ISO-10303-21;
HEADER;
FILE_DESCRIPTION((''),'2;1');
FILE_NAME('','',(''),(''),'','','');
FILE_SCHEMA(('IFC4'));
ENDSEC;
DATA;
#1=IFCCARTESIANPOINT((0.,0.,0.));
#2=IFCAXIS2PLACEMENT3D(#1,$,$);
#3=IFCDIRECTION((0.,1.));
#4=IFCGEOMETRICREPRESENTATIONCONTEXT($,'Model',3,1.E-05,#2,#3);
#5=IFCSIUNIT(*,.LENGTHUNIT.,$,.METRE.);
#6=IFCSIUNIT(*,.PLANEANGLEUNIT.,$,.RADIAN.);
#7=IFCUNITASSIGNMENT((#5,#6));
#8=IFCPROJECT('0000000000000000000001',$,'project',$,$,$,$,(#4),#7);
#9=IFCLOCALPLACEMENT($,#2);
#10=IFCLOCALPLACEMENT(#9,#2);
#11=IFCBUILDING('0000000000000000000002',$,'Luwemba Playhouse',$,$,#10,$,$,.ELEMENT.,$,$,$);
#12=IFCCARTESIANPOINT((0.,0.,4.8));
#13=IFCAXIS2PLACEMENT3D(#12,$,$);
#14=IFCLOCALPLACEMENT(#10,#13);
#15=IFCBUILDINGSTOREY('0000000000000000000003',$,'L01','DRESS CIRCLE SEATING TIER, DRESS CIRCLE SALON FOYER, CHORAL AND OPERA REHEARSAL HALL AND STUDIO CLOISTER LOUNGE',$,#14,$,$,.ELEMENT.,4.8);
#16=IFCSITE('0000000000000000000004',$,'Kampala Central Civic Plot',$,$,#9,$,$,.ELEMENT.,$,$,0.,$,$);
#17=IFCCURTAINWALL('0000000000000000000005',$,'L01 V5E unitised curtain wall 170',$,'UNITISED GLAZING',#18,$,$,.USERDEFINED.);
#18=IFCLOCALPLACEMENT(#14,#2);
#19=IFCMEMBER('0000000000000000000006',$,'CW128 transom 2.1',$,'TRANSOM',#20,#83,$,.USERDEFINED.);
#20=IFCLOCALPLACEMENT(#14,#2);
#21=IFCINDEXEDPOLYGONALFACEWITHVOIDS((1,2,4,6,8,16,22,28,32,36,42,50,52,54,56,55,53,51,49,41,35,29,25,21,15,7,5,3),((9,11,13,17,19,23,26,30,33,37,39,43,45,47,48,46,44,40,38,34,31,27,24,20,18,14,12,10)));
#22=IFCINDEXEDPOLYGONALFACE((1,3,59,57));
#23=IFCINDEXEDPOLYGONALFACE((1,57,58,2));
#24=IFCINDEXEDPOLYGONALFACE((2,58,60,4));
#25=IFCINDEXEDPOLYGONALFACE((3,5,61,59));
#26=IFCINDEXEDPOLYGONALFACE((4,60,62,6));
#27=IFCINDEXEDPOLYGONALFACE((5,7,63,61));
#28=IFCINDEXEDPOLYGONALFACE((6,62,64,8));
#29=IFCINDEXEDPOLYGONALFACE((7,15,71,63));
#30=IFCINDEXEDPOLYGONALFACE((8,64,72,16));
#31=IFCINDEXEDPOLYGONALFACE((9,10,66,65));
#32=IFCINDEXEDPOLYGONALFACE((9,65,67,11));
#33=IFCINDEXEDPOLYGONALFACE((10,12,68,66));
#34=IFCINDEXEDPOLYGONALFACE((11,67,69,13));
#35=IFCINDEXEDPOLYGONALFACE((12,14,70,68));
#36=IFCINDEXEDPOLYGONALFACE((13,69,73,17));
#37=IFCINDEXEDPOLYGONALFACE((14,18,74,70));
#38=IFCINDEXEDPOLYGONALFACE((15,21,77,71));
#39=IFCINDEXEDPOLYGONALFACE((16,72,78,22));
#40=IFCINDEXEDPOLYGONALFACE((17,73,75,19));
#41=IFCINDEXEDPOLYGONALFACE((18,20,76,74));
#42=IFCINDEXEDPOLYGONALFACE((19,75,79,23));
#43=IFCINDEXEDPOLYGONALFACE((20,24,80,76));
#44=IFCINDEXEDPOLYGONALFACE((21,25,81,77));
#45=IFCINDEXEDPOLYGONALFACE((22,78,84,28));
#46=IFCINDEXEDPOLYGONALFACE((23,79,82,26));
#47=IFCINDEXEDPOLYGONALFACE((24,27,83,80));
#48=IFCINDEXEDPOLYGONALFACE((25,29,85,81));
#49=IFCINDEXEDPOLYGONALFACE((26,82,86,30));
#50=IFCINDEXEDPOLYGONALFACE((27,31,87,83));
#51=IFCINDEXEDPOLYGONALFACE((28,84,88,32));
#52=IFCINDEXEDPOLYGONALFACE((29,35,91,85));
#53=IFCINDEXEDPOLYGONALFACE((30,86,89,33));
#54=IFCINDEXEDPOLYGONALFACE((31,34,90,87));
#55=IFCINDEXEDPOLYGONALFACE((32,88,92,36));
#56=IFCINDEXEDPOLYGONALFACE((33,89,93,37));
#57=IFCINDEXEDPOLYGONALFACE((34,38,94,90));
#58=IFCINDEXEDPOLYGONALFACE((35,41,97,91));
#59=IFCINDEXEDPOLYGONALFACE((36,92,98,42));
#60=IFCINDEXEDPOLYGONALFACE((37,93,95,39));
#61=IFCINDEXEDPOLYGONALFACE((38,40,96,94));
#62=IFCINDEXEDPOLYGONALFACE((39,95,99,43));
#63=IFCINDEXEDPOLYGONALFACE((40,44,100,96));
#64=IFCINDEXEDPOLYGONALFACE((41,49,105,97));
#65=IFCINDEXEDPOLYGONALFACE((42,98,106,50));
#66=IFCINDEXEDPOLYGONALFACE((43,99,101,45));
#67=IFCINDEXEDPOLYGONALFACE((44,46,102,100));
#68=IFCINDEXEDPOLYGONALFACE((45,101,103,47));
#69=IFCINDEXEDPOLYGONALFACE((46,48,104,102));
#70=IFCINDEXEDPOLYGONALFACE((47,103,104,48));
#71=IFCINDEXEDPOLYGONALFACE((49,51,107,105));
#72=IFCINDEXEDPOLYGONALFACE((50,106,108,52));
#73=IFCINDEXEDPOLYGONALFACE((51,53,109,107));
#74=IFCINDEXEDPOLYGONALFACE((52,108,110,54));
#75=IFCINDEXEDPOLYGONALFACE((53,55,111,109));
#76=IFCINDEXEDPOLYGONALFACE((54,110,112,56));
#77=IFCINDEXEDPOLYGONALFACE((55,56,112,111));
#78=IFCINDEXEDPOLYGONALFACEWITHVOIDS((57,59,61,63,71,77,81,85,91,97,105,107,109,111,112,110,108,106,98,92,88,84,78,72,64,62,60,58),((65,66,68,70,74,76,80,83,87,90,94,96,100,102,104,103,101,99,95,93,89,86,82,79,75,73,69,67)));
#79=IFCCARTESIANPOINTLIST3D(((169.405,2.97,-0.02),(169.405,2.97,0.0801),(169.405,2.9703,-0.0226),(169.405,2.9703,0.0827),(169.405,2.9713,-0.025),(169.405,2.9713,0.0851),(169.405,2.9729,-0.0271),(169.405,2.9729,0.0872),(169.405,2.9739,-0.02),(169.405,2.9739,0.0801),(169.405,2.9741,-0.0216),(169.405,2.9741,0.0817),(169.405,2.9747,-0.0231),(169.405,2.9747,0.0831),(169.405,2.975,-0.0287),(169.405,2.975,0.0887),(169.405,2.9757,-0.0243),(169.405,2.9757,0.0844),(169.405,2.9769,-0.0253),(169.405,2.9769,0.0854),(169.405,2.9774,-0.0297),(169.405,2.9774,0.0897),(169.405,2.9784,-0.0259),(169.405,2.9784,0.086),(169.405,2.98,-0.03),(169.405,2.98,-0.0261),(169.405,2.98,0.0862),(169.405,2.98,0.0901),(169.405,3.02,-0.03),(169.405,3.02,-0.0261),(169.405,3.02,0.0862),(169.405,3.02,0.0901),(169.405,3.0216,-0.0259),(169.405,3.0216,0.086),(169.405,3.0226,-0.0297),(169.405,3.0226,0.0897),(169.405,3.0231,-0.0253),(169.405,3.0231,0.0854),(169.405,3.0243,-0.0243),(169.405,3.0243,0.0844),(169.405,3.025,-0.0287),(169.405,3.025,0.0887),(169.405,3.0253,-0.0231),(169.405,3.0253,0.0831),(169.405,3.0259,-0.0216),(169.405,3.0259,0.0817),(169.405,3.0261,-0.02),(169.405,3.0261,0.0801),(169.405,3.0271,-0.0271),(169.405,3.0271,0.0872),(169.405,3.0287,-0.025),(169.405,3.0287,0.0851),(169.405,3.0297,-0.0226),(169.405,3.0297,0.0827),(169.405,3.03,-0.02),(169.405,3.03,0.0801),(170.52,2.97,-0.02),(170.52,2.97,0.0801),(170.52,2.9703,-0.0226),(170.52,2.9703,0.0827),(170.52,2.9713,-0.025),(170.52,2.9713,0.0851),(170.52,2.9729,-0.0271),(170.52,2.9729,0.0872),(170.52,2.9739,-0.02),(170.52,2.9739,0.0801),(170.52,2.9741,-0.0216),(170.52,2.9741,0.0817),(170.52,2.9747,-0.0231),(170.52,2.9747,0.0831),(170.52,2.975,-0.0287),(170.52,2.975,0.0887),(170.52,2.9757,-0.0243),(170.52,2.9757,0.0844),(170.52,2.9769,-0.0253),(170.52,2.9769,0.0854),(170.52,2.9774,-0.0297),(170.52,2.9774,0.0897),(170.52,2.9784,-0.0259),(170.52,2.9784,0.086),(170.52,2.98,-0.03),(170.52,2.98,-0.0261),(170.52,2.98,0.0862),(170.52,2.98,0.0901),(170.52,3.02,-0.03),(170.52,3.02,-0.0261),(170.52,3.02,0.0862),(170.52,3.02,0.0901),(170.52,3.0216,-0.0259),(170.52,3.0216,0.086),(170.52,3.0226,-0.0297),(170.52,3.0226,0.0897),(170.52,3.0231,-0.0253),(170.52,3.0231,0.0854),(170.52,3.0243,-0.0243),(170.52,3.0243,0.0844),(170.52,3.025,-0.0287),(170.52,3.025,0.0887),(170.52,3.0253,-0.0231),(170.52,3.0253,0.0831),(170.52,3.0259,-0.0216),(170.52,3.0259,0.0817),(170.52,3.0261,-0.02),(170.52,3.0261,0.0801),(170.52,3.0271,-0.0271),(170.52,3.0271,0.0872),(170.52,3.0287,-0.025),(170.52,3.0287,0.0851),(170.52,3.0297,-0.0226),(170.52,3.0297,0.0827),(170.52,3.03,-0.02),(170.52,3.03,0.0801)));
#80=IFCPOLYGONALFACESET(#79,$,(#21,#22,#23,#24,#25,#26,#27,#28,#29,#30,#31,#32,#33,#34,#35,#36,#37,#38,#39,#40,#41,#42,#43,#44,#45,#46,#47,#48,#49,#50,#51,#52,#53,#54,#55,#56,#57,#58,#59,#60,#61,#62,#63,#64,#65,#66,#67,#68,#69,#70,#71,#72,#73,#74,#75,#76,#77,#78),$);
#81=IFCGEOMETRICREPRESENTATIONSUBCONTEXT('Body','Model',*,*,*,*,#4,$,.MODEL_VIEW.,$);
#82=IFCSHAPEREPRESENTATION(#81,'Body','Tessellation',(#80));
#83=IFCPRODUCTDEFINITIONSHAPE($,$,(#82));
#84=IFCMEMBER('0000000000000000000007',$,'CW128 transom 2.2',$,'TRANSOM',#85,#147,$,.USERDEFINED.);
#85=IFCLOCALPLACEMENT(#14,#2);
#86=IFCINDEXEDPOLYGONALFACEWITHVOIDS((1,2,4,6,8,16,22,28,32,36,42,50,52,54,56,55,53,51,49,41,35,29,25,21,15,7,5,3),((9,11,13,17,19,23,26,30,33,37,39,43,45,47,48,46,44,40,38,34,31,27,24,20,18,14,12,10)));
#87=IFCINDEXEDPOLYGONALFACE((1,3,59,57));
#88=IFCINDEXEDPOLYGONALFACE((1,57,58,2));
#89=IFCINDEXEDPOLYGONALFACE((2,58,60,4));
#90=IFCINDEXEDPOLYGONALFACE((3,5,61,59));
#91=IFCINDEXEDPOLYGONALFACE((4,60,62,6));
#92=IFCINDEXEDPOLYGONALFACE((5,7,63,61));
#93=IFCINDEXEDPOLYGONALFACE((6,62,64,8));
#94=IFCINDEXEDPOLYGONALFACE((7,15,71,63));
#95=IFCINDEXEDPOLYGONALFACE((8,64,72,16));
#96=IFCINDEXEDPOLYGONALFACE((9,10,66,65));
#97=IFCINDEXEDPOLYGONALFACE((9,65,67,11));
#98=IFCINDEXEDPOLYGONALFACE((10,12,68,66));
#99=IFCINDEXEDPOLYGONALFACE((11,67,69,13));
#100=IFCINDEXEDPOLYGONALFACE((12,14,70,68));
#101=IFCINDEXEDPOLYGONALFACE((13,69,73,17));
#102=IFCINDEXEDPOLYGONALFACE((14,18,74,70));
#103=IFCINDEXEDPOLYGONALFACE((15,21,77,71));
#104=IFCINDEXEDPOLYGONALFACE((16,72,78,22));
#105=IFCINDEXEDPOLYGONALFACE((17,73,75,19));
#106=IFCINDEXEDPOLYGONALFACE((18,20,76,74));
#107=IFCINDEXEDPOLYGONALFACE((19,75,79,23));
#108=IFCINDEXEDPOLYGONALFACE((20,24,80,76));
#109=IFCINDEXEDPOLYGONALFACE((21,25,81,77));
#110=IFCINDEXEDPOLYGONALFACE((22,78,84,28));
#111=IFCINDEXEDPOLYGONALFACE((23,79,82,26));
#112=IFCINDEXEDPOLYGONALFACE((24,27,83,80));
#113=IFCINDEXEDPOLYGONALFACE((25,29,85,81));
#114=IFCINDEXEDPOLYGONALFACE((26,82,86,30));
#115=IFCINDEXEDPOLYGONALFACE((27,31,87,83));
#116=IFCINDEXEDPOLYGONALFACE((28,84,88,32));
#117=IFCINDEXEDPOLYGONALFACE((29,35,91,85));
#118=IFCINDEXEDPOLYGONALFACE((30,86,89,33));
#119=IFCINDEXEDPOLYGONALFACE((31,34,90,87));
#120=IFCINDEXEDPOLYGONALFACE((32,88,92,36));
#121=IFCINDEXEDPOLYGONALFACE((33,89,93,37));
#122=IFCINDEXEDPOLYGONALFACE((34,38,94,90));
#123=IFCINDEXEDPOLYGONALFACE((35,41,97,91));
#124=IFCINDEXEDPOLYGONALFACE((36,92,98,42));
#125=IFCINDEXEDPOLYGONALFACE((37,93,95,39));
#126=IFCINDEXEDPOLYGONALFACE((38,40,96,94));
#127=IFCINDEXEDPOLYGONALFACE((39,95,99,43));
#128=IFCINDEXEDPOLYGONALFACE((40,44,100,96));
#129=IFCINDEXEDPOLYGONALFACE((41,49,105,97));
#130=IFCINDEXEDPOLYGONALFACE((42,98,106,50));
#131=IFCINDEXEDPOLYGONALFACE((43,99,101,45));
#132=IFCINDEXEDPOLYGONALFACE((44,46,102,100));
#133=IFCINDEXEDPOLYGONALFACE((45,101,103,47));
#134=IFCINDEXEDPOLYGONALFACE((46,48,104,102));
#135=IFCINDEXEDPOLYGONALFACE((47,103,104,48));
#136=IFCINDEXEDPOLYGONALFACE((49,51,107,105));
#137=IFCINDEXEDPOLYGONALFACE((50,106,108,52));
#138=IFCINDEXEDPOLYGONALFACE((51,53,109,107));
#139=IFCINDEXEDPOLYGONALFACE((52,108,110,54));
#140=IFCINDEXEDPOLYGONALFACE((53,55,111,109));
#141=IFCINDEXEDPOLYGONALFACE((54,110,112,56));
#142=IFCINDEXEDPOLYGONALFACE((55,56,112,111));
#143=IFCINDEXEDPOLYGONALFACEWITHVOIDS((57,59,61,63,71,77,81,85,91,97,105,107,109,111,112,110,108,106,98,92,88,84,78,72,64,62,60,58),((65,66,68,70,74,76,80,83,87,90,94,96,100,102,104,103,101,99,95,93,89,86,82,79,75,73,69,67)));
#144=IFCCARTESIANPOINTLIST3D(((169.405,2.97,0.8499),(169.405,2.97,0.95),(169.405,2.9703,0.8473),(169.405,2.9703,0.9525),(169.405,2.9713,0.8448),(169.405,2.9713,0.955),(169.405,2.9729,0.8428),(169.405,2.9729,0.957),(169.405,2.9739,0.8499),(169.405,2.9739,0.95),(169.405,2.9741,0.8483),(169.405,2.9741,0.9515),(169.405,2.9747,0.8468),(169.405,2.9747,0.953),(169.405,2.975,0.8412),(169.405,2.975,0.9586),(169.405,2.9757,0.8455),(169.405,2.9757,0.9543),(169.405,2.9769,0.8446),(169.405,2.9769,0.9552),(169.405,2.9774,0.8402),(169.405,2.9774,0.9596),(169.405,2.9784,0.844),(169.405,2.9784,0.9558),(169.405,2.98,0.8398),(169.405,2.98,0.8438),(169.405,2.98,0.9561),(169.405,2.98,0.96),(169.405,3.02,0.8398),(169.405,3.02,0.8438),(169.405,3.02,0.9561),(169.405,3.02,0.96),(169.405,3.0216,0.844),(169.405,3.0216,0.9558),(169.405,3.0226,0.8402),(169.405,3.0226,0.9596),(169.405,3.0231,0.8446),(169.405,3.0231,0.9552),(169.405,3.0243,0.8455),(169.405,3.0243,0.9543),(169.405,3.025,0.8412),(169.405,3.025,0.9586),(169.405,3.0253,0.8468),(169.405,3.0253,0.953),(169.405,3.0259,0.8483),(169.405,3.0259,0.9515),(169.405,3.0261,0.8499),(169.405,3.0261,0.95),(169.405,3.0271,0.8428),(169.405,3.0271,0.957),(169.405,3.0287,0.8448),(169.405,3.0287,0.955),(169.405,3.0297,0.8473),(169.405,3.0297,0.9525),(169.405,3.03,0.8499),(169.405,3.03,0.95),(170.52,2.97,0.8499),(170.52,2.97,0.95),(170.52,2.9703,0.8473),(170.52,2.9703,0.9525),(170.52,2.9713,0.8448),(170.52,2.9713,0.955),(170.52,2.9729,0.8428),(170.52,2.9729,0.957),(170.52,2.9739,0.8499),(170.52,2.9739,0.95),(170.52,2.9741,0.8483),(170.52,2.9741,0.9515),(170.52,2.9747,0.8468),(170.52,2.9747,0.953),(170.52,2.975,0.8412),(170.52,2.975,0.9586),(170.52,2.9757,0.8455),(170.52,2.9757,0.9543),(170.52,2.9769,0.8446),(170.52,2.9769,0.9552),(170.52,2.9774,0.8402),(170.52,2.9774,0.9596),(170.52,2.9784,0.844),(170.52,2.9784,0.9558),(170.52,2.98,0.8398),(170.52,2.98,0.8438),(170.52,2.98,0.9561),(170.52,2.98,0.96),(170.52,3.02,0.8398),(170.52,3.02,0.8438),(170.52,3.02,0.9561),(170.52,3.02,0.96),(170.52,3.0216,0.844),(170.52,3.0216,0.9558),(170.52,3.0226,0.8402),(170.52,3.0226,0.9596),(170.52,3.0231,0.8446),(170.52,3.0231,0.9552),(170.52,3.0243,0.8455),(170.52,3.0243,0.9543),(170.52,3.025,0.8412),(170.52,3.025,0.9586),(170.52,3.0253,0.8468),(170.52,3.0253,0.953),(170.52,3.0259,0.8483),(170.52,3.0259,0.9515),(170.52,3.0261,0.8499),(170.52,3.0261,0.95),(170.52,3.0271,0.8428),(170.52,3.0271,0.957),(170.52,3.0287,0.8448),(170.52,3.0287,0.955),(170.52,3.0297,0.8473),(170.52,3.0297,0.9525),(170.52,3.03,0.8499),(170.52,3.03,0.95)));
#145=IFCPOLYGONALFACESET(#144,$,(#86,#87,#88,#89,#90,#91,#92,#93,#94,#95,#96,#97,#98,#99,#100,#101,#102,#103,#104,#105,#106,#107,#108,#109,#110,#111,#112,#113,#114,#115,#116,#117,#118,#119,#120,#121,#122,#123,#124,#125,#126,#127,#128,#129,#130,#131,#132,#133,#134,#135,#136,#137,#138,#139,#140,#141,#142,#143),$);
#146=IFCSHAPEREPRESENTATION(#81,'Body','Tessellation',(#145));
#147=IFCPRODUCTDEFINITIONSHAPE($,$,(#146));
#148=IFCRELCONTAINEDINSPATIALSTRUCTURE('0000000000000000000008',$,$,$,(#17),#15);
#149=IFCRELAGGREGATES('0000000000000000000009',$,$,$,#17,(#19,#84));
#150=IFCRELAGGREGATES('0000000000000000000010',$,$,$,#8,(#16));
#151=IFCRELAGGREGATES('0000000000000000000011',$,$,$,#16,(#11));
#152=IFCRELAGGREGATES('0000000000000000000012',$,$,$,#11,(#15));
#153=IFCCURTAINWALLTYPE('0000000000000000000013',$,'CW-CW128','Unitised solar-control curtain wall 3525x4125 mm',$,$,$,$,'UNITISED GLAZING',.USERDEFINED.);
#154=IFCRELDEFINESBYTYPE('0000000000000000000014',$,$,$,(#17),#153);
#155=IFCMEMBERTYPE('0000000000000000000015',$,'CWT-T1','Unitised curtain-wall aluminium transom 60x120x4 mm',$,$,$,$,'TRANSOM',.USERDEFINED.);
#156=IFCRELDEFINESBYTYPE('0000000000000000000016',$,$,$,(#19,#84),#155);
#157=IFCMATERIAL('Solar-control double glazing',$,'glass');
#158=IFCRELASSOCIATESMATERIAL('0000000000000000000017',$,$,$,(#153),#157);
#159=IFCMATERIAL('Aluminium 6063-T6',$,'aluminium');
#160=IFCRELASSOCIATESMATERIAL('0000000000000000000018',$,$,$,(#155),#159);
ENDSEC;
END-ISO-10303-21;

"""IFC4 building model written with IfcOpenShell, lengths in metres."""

from ifc_helpers import new_model, si_unit, direction, frame, origin, origin_2d, place, context, subcontext, project, spatial, hollow_rectangle, extrude, material, material_profile, profile_set, type_object, element, aggregate, save


model = new_model("IFC4")

# Units and contexts
model_context = context("Model", 3, precision=1e-05, world=origin(), true_north=direction((0.0, 1.0)))
body_context = subcontext(model_context, "Body", "Model", "MODEL_VIEW")
ifc_project = project(units=[si_unit("LENGTHUNIT", "METRE"), si_unit("PLANEANGLEUNIT", "RADIAN")], contexts=[model_context])

# Site, building, storey
site_placement = place(None, origin())
site = spatial("IfcSite", under=ifc_project, at=site_placement, Name="Kampala Central Civic Plot", CompositionType="ELEMENT", RefElevation=0.0)
building_placement = place(site_placement, origin())
building = spatial("IfcBuilding", under=site, at=building_placement, Name="Luwemba Playhouse", CompositionType="ELEMENT")
storey_placement = place(building_placement, frame((0.0, 0.0, 4.8)))
storey = spatial("IfcBuildingStorey", under=building, at=storey_placement, Name="L01", Description="DRESS CIRCLE SEATING TIER, DRESS CIRCLE SALON FOYER, CHORAL AND OPERA REHEARSAL HALL AND STUDIO CLOISTER LOUNGE", CompositionType="ELEMENT", Elevation=4.8)

# Curtain wall
ifc_material_1 = material(Name="Solar-control double glazing", Category="glass")
curtain_wall_type_1 = type_object("IfcCurtainWallType", Name="CW-CW128", Description="Unitised solar-control curtain wall 3525x4125 mm", ElementType="UNITISED GLAZING", PredefinedType="USERDEFINED", material=ifc_material_1)
curtain_wall_1_placement = place(storey_placement, origin())
curtain_wall_1 = element("IfcCurtainWall", 1, at=curtain_wall_1_placement, inside=storey, type_object=curtain_wall_type_1, Name="L01 V5E unitised curtain wall 170", ObjectType="UNITISED GLAZING", PredefinedType="USERDEFINED")
ifc_material_2 = material(Name="Aluminium 6063-T6", Category="aluminium")

# Members
ifc_material_profile_1 = material_profile(ifc_material_2, hollow_rectangle(XDim=0.0601, YDim=0.1201, WallThickness=0.0039, InnerFilletRadius=0.0061, OuterFilletRadius=0.01, at=origin_2d()))
ifc_profile_set_1 = profile_set([ifc_material_profile_1], Name="Aluminium 6063-T6")
member_type_1 = type_object("IfcMemberType", Name="CWT-T1", Description="Unitised curtain-wall aluminium transom 60x120x4 mm", ElementType="TRANSOM", PredefinedType="USERDEFINED", material=ifc_profile_set_1)
member_1_placement = place(storey_placement, frame((170.52, 3.0, 0.03), z_axis=(-1.0, 0.0, 0.0), x_axis=(0.0, -1.0, 0.0)))
member_1 = element("IfcMember", 2, at=member_1_placement, type_object=member_type_1, Name="CW128 transom 2.1", ObjectType="TRANSOM", PredefinedType="USERDEFINED", context=body_context, shape_type="SweptSolid", body=[
    extrude(hollow_rectangle(XDim=0.0601, YDim=0.1201, WallThickness=0.0039, InnerFilletRadius=0.0061, OuterFilletRadius=0.01, at=origin_2d()), origin(), (0.0, 0.0, 1.0), 1.115),
])
member_2_placement = place(storey_placement, frame((170.52, 3.0, 0.8999), z_axis=(-1.0, 0.0, 0.0), x_axis=(0.0, -1.0, 0.0)))
member_2 = element("IfcMember", 3, at=member_2_placement, type_object=member_type_1, Name="CW128 transom 2.2", ObjectType="TRANSOM", PredefinedType="USERDEFINED", context=body_context, shape_type="SweptSolid", body=[
    extrude(hollow_rectangle(XDim=0.0601, YDim=0.1201, WallThickness=0.0039, InnerFilletRadius=0.0061, OuterFilletRadius=0.01, at=origin_2d()), origin(), (0.0, 0.0, 1.0), 1.115),
])

aggregate(curtain_wall_1, [member_1, member_2])

save(model, "model.ifc")
